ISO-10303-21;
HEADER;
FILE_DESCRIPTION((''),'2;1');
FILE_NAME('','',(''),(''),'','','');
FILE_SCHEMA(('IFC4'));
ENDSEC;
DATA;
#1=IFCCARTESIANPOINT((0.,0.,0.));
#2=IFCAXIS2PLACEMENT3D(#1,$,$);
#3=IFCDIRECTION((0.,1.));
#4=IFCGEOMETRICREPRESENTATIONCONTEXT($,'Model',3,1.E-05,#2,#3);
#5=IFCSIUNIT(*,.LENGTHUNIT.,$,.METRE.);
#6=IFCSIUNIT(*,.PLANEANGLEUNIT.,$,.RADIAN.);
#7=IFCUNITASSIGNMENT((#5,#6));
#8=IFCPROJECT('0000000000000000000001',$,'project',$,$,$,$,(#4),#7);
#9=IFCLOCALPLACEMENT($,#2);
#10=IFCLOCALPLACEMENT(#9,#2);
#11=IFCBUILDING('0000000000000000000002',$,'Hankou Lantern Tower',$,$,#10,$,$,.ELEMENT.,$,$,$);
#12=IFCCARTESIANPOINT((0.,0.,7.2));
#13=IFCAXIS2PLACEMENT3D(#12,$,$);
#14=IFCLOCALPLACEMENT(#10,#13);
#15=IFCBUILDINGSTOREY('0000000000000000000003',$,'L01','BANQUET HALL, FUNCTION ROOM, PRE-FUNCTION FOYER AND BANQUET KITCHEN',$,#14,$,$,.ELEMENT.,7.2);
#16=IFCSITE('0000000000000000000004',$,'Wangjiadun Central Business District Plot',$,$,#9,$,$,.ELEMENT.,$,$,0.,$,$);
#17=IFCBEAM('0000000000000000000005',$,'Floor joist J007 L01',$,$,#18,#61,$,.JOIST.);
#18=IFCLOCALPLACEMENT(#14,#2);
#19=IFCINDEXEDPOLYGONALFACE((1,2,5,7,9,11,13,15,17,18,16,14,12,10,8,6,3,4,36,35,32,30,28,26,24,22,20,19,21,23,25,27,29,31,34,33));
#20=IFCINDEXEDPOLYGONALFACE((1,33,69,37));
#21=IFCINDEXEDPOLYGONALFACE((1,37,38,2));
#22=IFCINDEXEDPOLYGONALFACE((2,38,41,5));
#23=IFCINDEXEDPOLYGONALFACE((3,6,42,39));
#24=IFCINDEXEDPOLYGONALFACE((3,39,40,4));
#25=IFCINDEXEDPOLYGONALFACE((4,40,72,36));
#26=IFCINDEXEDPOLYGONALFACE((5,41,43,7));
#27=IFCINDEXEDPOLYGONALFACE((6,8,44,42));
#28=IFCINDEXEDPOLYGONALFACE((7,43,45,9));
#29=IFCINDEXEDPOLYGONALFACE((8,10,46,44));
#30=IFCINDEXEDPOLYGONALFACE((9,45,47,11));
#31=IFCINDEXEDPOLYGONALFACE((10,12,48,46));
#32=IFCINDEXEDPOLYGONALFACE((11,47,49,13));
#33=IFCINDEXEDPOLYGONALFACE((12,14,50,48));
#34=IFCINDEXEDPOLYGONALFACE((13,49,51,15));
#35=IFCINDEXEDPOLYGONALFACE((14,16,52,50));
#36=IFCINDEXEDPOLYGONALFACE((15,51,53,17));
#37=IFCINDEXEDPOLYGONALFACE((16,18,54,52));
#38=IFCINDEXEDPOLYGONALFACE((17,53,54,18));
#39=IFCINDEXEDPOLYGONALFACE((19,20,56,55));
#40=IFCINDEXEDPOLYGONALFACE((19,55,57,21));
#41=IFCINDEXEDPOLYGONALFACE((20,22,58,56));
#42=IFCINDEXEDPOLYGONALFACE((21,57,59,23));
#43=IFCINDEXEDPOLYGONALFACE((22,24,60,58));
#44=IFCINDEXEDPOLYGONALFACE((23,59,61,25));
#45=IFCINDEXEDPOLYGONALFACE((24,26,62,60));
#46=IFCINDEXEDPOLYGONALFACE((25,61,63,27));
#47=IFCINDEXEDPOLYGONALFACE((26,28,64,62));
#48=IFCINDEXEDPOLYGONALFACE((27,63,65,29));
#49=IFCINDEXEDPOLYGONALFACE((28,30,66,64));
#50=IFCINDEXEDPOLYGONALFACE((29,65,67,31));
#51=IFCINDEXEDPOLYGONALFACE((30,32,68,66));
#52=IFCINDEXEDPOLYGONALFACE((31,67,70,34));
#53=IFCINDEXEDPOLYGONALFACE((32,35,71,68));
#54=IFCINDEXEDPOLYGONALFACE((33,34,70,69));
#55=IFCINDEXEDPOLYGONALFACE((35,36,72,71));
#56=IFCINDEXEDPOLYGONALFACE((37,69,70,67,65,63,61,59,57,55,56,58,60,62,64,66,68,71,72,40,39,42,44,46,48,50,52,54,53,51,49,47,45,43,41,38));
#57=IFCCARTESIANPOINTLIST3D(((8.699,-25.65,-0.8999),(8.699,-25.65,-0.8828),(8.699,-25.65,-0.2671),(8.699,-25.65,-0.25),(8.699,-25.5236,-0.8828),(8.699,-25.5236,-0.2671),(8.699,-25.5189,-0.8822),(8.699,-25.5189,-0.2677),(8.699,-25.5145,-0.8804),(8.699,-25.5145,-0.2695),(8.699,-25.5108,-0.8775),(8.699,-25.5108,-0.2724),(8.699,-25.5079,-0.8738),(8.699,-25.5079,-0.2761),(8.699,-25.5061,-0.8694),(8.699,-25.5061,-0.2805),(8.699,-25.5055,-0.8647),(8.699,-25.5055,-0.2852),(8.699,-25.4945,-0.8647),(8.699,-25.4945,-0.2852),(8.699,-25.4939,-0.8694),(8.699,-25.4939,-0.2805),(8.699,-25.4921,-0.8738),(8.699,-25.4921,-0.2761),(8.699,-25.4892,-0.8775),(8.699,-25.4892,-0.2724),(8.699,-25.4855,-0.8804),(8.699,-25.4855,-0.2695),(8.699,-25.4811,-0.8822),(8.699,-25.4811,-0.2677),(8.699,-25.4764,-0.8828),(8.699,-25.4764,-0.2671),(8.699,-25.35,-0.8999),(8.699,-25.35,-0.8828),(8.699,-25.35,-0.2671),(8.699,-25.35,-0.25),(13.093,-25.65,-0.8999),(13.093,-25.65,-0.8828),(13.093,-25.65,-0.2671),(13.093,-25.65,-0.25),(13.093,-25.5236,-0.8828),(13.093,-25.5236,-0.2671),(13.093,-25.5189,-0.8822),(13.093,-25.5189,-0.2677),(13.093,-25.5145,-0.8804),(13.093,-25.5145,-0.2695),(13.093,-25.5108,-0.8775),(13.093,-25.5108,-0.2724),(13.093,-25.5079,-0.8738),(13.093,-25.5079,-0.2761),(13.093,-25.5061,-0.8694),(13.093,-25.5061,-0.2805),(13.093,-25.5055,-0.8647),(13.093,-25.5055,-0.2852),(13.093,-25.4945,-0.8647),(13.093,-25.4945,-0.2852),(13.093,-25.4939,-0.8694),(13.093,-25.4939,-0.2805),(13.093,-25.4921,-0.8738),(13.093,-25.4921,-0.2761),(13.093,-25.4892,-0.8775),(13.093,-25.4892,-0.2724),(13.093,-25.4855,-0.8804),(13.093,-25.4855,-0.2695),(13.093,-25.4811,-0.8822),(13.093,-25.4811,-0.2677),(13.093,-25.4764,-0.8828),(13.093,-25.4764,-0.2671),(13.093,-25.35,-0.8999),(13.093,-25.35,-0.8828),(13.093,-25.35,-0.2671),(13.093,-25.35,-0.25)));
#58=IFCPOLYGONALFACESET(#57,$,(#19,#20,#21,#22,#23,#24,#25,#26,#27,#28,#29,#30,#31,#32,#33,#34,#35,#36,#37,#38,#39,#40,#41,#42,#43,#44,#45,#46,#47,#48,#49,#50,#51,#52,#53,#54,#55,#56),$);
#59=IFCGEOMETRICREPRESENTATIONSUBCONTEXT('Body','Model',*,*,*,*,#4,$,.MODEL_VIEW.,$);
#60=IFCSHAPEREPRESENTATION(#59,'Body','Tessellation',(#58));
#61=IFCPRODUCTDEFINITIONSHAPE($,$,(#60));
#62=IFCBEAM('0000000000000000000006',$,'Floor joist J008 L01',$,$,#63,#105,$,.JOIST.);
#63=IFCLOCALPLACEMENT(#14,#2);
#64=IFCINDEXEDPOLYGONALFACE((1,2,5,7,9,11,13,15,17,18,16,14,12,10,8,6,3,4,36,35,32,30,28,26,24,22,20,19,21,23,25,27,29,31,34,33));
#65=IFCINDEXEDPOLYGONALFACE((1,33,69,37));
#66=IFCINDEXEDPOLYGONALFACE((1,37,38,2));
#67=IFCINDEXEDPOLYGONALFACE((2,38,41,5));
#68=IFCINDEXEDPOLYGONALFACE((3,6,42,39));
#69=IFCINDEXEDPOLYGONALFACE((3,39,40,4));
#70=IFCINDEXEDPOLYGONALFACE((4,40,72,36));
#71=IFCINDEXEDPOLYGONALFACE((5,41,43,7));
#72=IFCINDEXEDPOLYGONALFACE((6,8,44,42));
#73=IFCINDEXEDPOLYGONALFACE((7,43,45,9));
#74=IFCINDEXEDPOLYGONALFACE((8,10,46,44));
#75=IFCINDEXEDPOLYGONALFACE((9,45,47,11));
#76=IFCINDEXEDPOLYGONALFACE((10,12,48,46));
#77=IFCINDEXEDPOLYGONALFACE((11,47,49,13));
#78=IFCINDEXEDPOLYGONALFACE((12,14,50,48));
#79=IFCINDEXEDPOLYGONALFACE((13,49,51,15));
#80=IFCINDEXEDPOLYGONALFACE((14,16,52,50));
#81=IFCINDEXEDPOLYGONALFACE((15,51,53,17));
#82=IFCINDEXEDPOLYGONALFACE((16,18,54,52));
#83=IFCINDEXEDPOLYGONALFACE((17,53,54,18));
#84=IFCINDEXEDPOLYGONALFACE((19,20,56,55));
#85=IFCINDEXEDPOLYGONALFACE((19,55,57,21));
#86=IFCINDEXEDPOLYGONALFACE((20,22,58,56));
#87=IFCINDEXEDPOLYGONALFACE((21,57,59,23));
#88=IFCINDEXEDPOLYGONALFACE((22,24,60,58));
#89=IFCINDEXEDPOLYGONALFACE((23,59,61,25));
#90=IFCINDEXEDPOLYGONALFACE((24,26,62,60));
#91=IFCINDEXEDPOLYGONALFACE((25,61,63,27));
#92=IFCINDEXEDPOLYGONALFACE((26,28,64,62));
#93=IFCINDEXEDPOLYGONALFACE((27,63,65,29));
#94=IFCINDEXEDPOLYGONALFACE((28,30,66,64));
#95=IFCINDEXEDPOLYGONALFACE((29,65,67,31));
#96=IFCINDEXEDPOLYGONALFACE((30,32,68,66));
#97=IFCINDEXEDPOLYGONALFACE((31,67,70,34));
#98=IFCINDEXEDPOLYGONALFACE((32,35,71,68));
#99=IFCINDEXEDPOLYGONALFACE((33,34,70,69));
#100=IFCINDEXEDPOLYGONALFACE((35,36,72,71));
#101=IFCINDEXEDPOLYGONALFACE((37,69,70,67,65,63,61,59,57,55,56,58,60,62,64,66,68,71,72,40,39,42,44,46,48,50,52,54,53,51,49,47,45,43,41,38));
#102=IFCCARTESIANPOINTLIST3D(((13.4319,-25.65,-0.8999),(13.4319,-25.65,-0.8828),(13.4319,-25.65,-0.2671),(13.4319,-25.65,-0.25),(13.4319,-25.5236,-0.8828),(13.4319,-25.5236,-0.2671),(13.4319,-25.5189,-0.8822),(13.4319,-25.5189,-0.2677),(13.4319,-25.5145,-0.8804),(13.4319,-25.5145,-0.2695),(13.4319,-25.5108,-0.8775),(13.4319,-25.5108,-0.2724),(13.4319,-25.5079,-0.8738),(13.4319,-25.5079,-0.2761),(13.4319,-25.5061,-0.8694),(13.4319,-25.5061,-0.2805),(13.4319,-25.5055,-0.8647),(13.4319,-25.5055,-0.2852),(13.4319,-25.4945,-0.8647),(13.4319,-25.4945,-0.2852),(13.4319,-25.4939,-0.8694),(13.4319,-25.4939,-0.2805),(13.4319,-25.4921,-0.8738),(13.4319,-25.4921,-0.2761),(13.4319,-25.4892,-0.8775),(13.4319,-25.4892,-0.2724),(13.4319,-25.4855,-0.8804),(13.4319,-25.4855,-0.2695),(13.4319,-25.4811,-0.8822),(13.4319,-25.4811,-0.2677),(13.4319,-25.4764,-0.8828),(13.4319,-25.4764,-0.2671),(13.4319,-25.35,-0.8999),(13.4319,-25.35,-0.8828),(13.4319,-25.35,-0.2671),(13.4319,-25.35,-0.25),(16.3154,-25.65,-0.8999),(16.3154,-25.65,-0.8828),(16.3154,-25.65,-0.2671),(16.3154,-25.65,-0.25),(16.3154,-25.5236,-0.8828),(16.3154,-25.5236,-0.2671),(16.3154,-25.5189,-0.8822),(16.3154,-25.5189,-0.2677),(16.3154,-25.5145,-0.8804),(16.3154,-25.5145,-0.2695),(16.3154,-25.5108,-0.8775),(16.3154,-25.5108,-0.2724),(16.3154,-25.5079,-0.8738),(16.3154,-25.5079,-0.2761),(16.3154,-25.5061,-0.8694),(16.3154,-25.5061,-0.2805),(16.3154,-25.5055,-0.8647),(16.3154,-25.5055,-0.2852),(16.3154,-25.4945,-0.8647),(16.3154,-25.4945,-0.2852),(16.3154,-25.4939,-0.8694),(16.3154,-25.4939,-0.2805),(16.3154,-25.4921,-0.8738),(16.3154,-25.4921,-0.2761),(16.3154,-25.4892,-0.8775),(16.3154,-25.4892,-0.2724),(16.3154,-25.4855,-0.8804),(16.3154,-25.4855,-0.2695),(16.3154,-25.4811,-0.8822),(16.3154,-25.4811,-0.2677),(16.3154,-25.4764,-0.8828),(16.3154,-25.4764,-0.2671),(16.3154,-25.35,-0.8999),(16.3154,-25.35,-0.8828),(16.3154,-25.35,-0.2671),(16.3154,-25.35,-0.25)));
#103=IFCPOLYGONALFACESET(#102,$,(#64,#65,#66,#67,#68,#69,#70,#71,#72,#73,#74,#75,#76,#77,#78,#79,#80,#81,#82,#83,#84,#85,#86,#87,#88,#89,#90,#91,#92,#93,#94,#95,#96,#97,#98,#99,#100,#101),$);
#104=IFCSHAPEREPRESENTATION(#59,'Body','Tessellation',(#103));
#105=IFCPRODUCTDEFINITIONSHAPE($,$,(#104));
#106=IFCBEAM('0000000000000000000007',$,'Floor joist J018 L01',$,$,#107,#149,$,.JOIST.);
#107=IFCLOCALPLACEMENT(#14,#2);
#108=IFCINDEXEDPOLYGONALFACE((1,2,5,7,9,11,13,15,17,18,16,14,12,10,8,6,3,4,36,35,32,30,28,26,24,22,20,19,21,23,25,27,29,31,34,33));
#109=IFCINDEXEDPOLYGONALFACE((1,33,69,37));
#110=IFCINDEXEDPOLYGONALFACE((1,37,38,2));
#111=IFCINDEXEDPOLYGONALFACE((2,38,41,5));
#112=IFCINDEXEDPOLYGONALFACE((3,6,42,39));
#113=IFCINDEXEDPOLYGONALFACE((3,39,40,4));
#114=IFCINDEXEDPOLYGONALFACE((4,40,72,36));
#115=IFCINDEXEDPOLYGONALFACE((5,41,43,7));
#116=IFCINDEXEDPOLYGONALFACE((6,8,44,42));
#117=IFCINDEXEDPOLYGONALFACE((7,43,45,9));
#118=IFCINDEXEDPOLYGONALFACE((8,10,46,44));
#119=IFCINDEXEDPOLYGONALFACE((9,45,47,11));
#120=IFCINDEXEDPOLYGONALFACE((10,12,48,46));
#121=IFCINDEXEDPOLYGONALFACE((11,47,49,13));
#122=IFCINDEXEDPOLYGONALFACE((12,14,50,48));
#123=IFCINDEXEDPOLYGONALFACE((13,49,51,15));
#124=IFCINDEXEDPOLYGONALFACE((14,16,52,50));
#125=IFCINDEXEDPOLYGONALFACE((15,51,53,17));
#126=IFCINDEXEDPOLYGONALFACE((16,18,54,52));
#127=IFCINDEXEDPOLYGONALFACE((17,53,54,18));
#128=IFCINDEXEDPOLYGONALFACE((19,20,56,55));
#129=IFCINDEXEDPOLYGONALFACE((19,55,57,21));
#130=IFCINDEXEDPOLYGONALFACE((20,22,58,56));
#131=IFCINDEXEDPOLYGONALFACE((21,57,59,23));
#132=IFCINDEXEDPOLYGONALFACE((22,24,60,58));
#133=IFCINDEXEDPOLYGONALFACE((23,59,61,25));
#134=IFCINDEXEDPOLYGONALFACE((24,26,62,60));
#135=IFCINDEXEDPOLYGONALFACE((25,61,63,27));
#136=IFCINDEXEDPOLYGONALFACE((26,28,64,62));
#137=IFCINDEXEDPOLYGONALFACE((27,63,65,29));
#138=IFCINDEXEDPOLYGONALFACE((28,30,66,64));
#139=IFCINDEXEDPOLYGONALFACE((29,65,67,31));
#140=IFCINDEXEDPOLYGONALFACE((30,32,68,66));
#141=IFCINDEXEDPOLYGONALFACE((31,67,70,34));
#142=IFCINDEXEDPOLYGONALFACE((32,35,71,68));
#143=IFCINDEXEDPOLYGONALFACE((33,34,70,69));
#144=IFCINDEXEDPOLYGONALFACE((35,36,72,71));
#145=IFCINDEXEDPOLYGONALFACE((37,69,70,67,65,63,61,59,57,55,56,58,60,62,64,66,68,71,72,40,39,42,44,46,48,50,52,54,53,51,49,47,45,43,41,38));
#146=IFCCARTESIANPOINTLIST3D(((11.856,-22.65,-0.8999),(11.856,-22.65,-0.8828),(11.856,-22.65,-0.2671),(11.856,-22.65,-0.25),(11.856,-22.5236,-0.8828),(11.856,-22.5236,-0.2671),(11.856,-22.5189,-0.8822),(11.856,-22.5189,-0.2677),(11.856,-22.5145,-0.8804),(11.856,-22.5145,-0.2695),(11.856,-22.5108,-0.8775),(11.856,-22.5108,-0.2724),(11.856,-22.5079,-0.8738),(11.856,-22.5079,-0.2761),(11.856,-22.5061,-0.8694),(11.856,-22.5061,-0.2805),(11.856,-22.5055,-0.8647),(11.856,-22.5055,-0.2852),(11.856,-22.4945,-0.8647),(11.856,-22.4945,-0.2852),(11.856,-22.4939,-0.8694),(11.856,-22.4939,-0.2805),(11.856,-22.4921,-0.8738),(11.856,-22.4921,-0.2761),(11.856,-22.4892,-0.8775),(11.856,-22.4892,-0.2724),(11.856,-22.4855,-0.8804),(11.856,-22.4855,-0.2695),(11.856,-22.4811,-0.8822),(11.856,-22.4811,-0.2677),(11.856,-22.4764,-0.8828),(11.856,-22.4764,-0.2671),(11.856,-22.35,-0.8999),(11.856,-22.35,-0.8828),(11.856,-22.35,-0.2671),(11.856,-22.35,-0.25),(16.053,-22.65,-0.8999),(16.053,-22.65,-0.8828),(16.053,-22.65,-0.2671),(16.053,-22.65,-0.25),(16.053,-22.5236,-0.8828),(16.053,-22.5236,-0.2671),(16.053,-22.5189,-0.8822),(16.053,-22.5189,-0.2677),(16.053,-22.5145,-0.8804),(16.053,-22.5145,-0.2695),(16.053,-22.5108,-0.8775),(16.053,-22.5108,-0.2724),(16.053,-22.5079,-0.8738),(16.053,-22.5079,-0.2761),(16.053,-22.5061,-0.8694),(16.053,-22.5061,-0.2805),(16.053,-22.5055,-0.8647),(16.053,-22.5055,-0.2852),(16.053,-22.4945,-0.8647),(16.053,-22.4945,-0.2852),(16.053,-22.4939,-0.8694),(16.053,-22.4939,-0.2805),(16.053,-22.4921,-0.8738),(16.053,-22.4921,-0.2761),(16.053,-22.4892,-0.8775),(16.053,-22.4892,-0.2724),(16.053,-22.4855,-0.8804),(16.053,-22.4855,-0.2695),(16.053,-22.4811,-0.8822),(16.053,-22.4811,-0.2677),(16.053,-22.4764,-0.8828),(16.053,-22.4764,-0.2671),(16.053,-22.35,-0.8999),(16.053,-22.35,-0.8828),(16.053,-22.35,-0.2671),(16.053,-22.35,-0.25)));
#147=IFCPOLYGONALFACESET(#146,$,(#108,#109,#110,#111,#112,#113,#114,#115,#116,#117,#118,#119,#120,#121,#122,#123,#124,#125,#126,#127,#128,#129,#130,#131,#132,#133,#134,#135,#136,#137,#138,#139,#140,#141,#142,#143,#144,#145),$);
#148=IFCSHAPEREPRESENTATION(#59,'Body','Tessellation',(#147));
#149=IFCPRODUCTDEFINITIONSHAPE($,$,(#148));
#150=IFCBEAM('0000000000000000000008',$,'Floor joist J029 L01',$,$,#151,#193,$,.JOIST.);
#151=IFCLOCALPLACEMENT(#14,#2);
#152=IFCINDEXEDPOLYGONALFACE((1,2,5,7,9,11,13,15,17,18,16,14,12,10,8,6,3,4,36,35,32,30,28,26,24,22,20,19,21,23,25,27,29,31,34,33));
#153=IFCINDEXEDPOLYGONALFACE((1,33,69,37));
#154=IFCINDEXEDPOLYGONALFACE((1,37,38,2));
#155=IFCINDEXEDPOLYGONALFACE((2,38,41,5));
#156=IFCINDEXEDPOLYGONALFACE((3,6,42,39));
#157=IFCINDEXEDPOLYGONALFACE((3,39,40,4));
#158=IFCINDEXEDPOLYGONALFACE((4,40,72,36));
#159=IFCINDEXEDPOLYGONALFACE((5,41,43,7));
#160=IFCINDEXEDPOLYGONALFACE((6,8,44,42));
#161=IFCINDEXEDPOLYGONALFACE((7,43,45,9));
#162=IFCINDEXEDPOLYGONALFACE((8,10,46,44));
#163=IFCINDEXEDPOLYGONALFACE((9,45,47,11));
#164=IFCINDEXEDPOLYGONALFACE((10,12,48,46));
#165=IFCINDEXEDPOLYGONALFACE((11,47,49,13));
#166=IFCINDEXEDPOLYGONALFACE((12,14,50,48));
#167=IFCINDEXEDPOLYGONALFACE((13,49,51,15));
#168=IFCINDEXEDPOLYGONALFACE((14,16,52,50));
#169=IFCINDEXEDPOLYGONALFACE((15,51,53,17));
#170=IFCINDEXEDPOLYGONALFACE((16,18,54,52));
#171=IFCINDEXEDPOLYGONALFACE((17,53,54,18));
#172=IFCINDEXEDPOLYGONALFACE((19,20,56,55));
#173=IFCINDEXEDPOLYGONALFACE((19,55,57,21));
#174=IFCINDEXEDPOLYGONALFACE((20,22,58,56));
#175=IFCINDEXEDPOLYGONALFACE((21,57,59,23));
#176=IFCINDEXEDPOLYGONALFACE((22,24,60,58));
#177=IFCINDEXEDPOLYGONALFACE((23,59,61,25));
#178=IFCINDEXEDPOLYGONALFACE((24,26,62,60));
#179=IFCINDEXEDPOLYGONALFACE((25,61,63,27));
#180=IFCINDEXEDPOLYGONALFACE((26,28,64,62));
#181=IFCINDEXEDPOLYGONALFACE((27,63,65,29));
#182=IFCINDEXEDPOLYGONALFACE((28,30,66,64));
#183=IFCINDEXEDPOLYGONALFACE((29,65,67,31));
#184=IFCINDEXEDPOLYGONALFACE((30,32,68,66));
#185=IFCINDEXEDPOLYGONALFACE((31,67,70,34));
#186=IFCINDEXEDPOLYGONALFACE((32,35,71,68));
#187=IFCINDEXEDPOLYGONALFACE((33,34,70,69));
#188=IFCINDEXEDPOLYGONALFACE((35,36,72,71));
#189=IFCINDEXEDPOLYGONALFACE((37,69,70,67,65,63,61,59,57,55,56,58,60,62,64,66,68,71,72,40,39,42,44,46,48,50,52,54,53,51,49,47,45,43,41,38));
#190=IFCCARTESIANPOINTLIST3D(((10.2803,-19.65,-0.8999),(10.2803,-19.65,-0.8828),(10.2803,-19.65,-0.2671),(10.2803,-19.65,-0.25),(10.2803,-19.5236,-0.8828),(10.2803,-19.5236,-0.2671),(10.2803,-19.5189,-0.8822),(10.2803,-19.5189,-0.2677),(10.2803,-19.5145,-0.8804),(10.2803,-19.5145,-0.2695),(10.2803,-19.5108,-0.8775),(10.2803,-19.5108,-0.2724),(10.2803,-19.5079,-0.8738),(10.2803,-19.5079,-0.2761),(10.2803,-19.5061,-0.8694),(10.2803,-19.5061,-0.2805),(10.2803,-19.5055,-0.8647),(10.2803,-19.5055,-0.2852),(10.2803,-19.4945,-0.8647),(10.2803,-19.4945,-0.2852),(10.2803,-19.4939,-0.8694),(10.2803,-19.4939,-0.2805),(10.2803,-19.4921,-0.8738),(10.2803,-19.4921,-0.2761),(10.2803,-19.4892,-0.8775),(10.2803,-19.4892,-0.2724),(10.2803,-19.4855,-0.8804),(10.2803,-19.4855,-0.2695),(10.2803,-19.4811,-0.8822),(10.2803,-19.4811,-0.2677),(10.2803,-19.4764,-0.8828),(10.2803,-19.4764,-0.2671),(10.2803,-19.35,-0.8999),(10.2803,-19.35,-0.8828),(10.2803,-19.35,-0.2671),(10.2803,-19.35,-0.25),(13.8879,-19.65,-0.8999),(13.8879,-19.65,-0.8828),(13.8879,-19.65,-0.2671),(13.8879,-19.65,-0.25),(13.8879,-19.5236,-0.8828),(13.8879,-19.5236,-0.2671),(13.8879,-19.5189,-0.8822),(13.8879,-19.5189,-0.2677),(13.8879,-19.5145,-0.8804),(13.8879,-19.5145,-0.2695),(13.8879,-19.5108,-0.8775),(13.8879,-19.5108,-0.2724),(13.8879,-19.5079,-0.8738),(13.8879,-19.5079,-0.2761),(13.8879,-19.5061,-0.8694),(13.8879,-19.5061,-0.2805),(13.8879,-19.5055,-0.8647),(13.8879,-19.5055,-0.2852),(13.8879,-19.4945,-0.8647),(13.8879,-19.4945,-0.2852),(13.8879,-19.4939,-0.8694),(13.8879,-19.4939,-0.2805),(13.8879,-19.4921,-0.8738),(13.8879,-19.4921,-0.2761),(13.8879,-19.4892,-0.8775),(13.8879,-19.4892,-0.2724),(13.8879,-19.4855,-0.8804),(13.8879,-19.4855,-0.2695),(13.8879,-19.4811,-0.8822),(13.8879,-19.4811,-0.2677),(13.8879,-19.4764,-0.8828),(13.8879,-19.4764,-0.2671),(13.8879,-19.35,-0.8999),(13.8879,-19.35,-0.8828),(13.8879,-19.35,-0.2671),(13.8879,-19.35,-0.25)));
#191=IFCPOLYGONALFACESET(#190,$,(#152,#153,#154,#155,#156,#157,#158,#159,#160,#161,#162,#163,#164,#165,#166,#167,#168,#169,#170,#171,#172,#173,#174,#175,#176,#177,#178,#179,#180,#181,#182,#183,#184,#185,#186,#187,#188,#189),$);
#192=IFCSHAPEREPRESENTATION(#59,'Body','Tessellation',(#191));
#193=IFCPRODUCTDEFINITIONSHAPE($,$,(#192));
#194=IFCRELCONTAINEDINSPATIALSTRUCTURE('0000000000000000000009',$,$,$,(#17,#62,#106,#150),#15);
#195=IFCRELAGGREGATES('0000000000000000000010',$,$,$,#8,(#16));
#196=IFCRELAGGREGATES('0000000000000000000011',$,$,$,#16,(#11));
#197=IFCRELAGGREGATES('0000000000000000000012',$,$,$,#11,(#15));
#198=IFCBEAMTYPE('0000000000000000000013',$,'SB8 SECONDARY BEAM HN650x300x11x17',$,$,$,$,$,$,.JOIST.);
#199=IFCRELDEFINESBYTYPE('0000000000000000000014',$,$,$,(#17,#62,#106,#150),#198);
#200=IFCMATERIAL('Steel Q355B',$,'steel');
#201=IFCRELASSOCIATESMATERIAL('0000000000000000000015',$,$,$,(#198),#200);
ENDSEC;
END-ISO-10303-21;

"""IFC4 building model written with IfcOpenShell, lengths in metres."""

from ifc_helpers import new_model, si_unit, direction, frame, origin, origin_2d, place, context, subcontext, project, spatial, i_section, extrude, material, material_profile, profile_set, type_object, element, save


model = new_model("IFC4")

# Units and contexts
model_context = context("Model", 3, precision=1e-05, world=origin(), true_north=direction((0.0, 1.0)))
body_context = subcontext(model_context, "Body", "Model", "MODEL_VIEW")
ifc_project = project(units=[si_unit("LENGTHUNIT", "METRE"), si_unit("PLANEANGLEUNIT", "RADIAN")], contexts=[model_context])

# Site, building, storey
site_placement = place(None, origin())
site = spatial("IfcSite", under=ifc_project, at=site_placement, Name="Wangjiadun Central Business District Plot", CompositionType="ELEMENT", RefElevation=0.0)
building_placement = place(site_placement, origin())
building = spatial("IfcBuilding", under=site, at=building_placement, Name="Hankou Lantern Tower", CompositionType="ELEMENT")
storey_placement = place(building_placement, frame((0.0, 0.0, 7.2)))
storey = spatial("IfcBuildingStorey", under=building, at=storey_placement, Name="L01", Description="BANQUET HALL, FUNCTION ROOM, PRE-FUNCTION FOYER AND BANQUET KITCHEN", CompositionType="ELEMENT", Elevation=7.2)

# Beams
ifc_material_1 = material(Name="Steel Q355B", Category="steel")
ifc_material_profile_1 = material_profile(ifc_material_1, i_section(OverallWidth=0.3, OverallDepth=0.6499, WebThickness=0.011, FlangeThickness=0.0171, FilletRadius=0.0181, at=origin_2d()), Name="HN650x300x11x17")
ifc_profile_set_1 = profile_set([ifc_material_profile_1], Name="Steel Q355B")
beam_type_1 = type_object("IfcBeamType", Name="SB8 SECONDARY BEAM HN650x300x11x17", PredefinedType="JOIST", material=ifc_profile_set_1)
beam_1_placement = place(storey_placement, frame((8.699, -25.5, -0.575), z_axis=(1.0, 0.0, 0.0), x_axis=(0.0, 1.0, 0.0)))
element("IfcBeam", 1, at=beam_1_placement, inside=storey, type_object=beam_type_1, Name="Floor joist J007 L01", PredefinedType="JOIST", context=body_context, shape_type="SweptSolid", body=[
    extrude(i_section(OverallWidth=0.3, OverallDepth=0.6499, WebThickness=0.011, FlangeThickness=0.0171, FilletRadius=0.0181, at=origin_2d()), origin(), (0.0, 0.0, 1.0), 4.394),
])
beam_2_placement = place(storey_placement, frame((13.4319, -25.5, -0.575), z_axis=(1.0, 0.0, 0.0), x_axis=(0.0, 1.0, 0.0)))
element("IfcBeam", 2, at=beam_2_placement, inside=storey, type_object=beam_type_1, Name="Floor joist J008 L01", PredefinedType="JOIST", context=body_context, shape_type="SweptSolid", body=[
    extrude(i_section(OverallWidth=0.3, OverallDepth=0.6499, WebThickness=0.011, FlangeThickness=0.0171, FilletRadius=0.0181, at=origin_2d()), origin(), (0.0, 0.0, 1.0), 2.8835),
])
beam_3_placement = place(storey_placement, frame((11.856, -22.5, -0.575), z_axis=(1.0, 0.0, 0.0), x_axis=(0.0, 1.0, 0.0)))
element("IfcBeam", 3, at=beam_3_placement, inside=storey, type_object=beam_type_1, Name="Floor joist J018 L01", PredefinedType="JOIST", context=body_context, shape_type="SweptSolid", body=[
    extrude(i_section(OverallWidth=0.3, OverallDepth=0.6499, WebThickness=0.011, FlangeThickness=0.0171, FilletRadius=0.0181, at=origin_2d()), origin(), (0.0, 0.0, 1.0), 4.197),
])
beam_4_placement = place(storey_placement, frame((10.2803, -19.5, -0.575), z_axis=(1.0, 0.0, 0.0), x_axis=(0.0, 1.0, 0.0)))
element("IfcBeam", 4, at=beam_4_placement, inside=storey, type_object=beam_type_1, Name="Floor joist J029 L01", PredefinedType="JOIST", context=body_context, shape_type="SweptSolid", body=[
    extrude(i_section(OverallWidth=0.3, OverallDepth=0.6499, WebThickness=0.011, FlangeThickness=0.0171, FilletRadius=0.0181, at=origin_2d()), origin(), (0.0, 0.0, 1.0), 3.6077),
])

save(model, "model.ifc")
